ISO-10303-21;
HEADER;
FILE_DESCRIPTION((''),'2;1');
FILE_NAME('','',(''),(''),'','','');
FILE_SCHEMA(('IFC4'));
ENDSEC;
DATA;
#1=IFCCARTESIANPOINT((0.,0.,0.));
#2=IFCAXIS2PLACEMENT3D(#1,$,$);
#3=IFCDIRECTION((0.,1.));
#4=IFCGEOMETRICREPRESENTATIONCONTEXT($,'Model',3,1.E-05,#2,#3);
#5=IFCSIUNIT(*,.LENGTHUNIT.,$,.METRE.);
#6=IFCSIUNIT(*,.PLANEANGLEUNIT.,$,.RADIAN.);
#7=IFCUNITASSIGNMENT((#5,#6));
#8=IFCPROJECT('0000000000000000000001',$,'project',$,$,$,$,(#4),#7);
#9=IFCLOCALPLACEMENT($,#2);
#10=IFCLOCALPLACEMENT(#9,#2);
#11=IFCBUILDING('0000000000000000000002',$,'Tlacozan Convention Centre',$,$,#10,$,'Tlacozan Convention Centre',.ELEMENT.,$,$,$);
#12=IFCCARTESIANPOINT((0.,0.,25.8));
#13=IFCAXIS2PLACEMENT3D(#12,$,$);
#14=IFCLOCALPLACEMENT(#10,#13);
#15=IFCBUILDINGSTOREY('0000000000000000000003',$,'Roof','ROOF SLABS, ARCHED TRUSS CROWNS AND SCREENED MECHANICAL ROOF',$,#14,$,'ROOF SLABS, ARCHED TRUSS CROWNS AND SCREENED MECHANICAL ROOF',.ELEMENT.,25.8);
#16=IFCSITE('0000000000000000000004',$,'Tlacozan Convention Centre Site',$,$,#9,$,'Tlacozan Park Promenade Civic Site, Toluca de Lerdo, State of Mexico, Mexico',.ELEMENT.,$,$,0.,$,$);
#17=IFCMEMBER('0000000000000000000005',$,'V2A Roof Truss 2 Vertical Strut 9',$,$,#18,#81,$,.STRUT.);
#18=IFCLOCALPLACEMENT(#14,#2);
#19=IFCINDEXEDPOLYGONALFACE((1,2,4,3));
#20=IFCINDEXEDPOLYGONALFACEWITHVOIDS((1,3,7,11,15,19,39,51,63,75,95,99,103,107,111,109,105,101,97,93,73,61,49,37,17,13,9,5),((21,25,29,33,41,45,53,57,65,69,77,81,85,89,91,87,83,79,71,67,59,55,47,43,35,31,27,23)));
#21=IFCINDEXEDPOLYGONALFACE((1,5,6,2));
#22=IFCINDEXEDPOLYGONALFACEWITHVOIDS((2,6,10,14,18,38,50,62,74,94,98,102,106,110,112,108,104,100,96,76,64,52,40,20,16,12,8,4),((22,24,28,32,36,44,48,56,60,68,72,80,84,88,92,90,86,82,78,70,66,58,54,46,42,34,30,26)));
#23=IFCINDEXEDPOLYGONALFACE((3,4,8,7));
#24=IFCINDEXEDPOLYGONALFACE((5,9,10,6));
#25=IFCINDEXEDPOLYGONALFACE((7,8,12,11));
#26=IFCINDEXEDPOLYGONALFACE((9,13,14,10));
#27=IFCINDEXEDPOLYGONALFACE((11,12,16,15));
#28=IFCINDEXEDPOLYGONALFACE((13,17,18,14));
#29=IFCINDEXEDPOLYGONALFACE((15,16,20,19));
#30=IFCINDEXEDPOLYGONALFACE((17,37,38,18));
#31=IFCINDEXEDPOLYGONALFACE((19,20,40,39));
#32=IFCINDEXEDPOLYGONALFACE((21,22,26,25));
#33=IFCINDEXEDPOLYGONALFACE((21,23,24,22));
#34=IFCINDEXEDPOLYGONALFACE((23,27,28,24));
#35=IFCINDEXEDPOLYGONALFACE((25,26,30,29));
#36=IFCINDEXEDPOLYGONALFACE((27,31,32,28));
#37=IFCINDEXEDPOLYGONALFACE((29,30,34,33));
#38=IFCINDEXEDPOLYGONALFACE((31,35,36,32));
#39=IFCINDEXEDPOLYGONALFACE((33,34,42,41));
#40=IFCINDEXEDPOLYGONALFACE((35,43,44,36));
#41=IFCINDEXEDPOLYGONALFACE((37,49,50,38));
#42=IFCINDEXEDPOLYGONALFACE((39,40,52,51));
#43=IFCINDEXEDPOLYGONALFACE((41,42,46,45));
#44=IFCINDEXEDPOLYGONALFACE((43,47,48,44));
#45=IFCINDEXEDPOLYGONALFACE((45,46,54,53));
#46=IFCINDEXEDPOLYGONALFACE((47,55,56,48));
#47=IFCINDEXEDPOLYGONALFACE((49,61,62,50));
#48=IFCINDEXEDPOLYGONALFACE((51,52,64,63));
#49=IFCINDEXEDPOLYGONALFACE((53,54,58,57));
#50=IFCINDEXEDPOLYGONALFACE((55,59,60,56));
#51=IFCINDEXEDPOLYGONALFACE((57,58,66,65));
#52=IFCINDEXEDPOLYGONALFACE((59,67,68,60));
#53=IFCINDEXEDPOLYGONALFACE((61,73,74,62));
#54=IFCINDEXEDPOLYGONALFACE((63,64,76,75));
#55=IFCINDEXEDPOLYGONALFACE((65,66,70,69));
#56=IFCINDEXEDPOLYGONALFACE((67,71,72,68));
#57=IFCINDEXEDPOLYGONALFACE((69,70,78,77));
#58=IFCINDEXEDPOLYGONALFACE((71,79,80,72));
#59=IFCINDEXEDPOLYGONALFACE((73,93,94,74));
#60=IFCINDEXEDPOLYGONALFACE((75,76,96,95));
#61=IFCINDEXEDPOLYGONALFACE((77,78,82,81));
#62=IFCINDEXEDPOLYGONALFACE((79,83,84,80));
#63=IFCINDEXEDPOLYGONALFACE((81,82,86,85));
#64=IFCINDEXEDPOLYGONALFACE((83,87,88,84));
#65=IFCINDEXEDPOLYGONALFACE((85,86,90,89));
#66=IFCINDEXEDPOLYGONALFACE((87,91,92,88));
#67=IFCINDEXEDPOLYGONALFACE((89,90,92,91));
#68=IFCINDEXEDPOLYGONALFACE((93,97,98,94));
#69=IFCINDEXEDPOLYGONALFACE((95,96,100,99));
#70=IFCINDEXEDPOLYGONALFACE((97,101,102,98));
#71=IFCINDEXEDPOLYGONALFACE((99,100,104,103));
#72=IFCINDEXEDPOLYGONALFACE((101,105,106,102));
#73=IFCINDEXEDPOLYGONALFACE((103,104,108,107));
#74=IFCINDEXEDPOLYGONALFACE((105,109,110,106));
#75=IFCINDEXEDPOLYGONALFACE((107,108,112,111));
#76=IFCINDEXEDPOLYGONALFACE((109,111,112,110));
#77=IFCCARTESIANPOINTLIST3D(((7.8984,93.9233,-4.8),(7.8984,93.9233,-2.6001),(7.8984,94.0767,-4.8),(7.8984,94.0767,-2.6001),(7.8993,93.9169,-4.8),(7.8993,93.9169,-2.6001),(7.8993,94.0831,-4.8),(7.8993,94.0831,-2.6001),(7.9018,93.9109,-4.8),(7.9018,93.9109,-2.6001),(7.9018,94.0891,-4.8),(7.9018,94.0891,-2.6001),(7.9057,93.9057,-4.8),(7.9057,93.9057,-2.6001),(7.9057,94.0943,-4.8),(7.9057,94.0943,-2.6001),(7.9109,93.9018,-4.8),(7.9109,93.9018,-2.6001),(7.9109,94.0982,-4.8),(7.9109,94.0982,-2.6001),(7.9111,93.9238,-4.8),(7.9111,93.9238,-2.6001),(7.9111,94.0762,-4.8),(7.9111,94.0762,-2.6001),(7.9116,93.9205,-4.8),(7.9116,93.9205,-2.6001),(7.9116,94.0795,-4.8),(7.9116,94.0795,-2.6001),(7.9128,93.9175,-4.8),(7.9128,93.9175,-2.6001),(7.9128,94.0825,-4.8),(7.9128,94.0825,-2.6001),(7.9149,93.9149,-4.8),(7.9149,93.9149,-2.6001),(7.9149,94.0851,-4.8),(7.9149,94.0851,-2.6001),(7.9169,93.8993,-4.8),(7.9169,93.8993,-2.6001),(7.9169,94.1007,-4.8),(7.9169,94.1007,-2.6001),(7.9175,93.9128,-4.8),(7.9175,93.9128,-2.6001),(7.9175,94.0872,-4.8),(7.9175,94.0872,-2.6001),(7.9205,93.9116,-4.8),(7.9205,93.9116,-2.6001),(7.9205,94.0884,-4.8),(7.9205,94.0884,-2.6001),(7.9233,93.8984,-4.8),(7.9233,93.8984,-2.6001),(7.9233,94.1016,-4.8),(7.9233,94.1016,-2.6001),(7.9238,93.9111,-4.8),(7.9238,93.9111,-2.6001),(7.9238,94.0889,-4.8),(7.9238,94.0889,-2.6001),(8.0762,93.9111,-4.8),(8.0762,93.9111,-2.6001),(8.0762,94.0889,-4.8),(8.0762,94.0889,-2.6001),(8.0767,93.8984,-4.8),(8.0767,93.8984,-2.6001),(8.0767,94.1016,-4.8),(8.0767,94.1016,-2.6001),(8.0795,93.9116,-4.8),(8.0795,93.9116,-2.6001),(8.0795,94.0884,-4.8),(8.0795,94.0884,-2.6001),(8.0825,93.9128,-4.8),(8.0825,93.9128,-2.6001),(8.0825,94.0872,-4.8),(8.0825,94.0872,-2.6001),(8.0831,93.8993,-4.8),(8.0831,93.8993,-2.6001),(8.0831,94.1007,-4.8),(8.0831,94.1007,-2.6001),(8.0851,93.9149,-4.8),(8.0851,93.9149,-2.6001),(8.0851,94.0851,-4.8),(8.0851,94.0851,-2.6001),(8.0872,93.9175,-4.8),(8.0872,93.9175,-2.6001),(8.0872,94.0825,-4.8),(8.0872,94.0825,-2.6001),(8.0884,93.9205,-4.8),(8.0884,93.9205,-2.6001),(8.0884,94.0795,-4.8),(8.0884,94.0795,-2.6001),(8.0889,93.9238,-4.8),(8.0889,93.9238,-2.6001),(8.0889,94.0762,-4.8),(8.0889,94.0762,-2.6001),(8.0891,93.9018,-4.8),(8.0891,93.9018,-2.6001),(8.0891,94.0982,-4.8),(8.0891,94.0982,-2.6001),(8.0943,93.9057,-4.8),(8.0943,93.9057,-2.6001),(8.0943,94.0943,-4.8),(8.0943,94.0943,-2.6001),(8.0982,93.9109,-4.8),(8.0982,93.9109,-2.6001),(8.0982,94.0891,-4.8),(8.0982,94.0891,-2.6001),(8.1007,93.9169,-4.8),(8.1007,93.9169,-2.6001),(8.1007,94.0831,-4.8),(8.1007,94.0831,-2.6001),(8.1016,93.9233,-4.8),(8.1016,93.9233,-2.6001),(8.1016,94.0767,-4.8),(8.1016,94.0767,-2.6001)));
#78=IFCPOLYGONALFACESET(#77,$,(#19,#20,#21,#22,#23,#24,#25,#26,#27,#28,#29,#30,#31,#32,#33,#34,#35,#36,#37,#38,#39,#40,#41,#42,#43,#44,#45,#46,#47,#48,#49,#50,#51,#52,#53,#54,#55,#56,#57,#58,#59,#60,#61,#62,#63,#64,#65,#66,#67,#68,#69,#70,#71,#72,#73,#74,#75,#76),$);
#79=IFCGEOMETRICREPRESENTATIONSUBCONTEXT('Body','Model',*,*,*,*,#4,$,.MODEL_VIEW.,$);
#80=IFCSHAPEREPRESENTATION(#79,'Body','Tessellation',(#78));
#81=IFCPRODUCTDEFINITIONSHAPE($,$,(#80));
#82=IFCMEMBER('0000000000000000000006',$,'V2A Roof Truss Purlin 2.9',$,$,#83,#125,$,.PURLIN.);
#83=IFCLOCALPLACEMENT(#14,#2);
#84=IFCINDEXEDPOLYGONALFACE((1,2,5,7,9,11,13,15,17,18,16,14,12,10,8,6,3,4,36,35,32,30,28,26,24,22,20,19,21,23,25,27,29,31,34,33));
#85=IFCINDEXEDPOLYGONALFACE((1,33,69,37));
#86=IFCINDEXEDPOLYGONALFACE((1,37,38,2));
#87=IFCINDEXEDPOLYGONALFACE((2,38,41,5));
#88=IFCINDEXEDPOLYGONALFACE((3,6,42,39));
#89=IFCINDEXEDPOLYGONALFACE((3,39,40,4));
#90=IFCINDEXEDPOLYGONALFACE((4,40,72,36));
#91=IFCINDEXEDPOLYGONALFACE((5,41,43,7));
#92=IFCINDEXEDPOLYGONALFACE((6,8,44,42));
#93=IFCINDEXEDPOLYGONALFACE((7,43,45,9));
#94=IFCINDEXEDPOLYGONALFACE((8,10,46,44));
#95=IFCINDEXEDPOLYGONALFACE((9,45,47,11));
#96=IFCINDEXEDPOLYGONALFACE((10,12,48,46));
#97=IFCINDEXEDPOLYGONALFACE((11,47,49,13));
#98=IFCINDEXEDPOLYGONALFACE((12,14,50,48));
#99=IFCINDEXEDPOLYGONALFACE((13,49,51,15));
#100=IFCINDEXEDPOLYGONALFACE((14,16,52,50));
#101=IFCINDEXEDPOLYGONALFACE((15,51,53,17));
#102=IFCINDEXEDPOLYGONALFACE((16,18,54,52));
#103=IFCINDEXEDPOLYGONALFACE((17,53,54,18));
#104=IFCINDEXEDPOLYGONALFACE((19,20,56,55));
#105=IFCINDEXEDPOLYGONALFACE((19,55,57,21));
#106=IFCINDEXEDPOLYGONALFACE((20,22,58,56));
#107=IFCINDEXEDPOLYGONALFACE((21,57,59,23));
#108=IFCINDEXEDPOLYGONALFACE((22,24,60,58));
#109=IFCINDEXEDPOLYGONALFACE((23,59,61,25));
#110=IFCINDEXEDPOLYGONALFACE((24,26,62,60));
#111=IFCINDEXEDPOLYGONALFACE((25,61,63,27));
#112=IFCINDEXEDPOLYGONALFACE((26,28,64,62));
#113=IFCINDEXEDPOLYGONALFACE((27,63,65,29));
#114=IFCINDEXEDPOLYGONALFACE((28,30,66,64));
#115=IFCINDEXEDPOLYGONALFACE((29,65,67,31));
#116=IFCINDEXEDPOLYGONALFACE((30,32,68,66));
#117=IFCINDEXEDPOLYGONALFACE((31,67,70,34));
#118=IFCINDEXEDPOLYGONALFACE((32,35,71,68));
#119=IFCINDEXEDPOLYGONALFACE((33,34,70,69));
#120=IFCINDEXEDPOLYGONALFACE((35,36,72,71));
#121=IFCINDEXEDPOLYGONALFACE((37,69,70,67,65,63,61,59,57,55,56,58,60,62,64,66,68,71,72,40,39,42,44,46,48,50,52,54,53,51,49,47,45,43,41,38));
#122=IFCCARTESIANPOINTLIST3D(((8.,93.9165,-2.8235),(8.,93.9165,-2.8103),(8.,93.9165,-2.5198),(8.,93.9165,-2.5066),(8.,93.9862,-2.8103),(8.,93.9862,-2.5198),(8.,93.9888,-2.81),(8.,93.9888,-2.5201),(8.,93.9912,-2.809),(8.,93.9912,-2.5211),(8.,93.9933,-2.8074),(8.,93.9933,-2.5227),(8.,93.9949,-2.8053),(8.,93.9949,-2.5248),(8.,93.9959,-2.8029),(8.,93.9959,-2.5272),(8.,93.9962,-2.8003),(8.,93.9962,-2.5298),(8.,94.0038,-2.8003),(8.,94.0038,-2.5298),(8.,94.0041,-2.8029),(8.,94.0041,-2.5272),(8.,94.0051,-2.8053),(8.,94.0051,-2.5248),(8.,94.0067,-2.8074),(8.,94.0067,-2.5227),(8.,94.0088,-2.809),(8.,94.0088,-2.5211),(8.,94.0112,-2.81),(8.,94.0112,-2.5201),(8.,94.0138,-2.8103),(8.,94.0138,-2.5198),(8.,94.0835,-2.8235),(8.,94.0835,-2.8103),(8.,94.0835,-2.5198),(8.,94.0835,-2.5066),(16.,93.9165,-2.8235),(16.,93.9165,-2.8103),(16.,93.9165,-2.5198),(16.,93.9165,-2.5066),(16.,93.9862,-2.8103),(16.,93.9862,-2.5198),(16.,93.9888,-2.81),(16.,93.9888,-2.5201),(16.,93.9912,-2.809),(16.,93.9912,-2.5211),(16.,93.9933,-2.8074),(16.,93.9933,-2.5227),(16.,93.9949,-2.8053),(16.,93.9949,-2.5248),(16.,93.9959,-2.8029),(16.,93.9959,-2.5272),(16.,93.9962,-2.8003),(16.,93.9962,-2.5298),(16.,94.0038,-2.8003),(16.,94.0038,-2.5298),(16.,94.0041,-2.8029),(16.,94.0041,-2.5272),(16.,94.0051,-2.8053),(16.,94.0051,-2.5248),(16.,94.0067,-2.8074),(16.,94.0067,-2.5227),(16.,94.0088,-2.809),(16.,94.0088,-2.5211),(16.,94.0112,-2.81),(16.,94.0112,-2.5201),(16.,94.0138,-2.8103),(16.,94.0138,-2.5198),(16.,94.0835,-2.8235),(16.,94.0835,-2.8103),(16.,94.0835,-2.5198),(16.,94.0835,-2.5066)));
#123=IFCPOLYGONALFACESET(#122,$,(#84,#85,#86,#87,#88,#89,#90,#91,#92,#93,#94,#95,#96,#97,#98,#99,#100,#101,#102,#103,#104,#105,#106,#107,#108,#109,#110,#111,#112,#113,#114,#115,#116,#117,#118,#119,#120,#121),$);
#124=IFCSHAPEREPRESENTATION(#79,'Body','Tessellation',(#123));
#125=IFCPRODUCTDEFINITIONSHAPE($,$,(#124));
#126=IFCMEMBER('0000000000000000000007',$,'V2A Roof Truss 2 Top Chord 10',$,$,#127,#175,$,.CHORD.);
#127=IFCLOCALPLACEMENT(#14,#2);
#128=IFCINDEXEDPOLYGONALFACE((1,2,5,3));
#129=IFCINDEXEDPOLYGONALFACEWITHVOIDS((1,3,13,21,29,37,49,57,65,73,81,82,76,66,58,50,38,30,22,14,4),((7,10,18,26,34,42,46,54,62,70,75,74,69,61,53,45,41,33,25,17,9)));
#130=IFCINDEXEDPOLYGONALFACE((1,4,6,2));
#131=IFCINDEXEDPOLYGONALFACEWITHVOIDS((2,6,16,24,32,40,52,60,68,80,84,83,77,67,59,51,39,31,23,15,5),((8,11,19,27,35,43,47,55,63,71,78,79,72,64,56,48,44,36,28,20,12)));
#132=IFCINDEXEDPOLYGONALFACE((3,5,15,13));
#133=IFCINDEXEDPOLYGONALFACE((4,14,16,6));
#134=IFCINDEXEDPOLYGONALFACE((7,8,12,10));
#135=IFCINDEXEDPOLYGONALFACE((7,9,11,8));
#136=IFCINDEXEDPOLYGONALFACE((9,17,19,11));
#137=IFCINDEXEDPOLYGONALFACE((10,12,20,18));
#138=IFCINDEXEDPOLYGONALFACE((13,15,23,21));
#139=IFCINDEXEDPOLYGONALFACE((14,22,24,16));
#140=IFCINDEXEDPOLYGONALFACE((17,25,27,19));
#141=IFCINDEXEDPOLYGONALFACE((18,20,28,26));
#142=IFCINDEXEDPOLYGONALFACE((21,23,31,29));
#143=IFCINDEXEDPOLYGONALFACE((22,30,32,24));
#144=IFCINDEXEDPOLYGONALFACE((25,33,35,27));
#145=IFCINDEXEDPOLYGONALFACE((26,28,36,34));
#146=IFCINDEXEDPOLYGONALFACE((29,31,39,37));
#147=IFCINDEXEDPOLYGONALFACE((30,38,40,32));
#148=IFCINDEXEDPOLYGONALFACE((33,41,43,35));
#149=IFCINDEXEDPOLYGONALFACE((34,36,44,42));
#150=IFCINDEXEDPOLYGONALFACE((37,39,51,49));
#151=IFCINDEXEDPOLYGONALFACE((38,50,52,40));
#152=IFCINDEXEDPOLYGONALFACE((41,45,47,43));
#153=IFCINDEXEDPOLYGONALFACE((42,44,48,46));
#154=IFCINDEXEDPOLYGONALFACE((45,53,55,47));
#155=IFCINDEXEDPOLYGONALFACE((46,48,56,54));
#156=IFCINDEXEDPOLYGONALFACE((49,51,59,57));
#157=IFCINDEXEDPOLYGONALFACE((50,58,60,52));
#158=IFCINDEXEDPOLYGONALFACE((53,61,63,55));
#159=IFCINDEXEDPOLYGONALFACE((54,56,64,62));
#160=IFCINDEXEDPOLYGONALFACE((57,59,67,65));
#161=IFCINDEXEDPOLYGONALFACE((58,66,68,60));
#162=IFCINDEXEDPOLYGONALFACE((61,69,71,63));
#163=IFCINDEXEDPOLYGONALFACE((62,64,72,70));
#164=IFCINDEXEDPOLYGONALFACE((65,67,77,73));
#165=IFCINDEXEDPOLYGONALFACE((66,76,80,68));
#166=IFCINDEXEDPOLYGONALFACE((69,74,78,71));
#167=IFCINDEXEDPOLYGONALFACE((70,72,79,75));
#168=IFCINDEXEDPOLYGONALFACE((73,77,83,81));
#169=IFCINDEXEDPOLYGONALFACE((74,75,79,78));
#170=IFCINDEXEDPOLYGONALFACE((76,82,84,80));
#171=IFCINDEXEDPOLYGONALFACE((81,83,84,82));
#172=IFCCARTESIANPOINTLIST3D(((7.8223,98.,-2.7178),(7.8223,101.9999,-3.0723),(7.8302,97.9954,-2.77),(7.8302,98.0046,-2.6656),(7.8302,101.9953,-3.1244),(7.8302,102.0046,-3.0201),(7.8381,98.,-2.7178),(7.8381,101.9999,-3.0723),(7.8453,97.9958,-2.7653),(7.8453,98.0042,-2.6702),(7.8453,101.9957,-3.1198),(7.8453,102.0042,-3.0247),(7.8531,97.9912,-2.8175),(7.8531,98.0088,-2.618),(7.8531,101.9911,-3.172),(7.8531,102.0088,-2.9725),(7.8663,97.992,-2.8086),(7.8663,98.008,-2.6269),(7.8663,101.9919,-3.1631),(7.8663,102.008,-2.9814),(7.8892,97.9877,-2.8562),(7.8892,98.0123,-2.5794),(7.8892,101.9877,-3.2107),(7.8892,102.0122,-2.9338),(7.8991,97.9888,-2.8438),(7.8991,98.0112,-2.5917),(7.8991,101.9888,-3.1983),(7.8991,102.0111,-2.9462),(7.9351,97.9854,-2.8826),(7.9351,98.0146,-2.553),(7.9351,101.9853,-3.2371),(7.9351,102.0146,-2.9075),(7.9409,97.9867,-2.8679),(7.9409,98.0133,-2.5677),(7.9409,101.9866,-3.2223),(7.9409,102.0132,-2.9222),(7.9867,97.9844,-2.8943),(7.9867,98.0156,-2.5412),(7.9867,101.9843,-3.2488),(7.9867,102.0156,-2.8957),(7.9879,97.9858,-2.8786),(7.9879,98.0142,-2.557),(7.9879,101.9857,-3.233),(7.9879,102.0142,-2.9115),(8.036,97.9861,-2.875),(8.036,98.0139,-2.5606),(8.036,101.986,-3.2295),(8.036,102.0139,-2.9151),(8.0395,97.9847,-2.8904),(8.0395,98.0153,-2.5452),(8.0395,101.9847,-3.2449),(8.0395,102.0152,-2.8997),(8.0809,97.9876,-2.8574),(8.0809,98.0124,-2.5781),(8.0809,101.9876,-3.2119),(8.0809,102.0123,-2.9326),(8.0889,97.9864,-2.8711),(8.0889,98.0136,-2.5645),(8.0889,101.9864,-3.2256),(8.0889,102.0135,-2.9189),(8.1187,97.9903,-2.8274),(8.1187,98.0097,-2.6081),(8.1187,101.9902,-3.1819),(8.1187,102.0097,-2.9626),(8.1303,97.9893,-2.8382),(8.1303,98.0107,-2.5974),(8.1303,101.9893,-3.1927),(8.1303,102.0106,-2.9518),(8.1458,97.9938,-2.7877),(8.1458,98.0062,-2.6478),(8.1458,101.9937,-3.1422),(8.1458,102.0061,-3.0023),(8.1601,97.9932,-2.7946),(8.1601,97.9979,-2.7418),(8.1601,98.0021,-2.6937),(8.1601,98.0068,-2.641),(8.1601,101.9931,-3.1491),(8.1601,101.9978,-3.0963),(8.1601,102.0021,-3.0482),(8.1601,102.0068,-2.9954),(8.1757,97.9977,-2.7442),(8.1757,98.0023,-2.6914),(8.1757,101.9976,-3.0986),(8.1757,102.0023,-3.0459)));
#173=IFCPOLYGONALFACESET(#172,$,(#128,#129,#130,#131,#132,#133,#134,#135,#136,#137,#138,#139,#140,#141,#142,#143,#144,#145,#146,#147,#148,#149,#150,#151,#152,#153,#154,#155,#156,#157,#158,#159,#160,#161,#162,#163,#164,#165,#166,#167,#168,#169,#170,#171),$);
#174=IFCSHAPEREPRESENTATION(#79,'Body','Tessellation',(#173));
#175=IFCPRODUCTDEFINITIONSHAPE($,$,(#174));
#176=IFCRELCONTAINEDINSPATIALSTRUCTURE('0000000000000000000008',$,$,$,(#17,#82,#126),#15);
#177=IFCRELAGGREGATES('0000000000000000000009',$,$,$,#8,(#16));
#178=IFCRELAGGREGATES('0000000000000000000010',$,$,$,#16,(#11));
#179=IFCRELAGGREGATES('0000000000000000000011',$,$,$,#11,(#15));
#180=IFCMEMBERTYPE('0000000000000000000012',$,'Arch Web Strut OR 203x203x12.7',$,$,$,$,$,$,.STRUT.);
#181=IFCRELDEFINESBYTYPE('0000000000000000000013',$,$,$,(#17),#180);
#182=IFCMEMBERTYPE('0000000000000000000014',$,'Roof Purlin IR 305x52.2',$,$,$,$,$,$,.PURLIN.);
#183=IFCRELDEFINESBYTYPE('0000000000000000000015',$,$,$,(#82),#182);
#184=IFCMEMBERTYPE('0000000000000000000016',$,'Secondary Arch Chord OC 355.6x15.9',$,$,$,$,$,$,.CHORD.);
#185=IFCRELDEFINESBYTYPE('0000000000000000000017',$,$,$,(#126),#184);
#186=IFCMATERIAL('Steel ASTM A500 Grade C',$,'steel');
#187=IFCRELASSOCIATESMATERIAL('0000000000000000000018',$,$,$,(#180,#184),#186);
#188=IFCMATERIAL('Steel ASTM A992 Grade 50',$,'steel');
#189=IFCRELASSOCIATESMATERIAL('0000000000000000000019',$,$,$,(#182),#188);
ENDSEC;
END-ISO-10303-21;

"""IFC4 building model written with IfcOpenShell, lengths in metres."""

from ifc_helpers import new_model, si_unit, direction, frame, origin, origin_2d, place, context, subcontext, project, spatial, hollow_rectangle, hollow_circle, i_section, extrude, material, material_profile, profile_set, type_object, element, save


model = new_model("IFC4")

# Units and contexts
model_context = context("Model", 3, precision=1e-05, world=origin(), true_north=direction((0.0, 1.0)))
body_context = subcontext(model_context, "Body", "Model", "MODEL_VIEW")
ifc_project = project(units=[si_unit("LENGTHUNIT", "METRE"), si_unit("PLANEANGLEUNIT", "RADIAN")], contexts=[model_context])

# Site, building, storey
site_placement = place(None, origin())
site = spatial("IfcSite", under=ifc_project, at=site_placement, Name="Tlacozan Convention Centre Site", LongName="Tlacozan Park Promenade Civic Site, Toluca de Lerdo, State of Mexico, Mexico", CompositionType="ELEMENT", RefElevation=0.0)
building_placement = place(site_placement, origin())
building = spatial("IfcBuilding", under=site, at=building_placement, Name="Tlacozan Convention Centre", LongName="Tlacozan Convention Centre", CompositionType="ELEMENT")
storey_placement = place(building_placement, frame((0.0, 0.0, 25.8)))
storey = spatial("IfcBuildingStorey", under=building, at=storey_placement, Name="Roof", Description="ROOF SLABS, ARCHED TRUSS CROWNS AND SCREENED MECHANICAL ROOF", LongName="ROOF SLABS, ARCHED TRUSS CROWNS AND SCREENED MECHANICAL ROOF", CompositionType="ELEMENT", Elevation=25.8)

# Members
ifc_material_1 = material(Name="Steel ASTM A500 Grade C", Category="steel")
ifc_material_profile_1 = material_profile(ifc_material_1, hollow_rectangle(XDim=0.2031, YDim=0.2031, WallThickness=0.0127, InnerFilletRadius=0.0127, OuterFilletRadius=0.0249, at=origin_2d()), Name="OR 203x203x12.7")
ifc_profile_set_1 = profile_set([ifc_material_profile_1], Name="Steel ASTM A500 Grade C")
member_type_1 = type_object("IfcMemberType", Name="Arch Web Strut OR 203x203x12.7", PredefinedType="STRUT", material=ifc_profile_set_1)
member_1_placement = place(storey_placement, frame((8.0, 94.0, -4.8), z_axis=(0.0, 0.0, 1.0), x_axis=(1.0, 0.0, 0.0)))
element("IfcMember", 1, at=member_1_placement, inside=storey, type_object=member_type_1, Name="V2A Roof Truss 2 Vertical Strut 9", PredefinedType="STRUT", context=body_context, shape_type="SweptSolid", body=[
    extrude(hollow_rectangle(XDim=0.2031, YDim=0.2031, WallThickness=0.0127, InnerFilletRadius=0.0127, OuterFilletRadius=0.0249, at=origin_2d()), origin(), (0.0, 0.0, 1.0), 2.2),
])
ifc_material_2 = material(Name="Steel ASTM A992 Grade 50", Category="steel")
ifc_material_profile_2 = material_profile(ifc_material_2, i_section(OverallWidth=0.167, OverallDepth=0.3169, WebThickness=0.0076, FlangeThickness=0.0132, FilletRadius=0.01, at=origin_2d()), Name="IR 305x52.2")
ifc_profile_set_2 = profile_set([ifc_material_profile_2], Name="Steel ASTM A992 Grade 50")
member_type_2 = type_object("IfcMemberType", Name="Roof Purlin IR 305x52.2", PredefinedType="PURLIN", material=ifc_profile_set_2)
member_2_placement = place(storey_placement, frame((8.0, 94.0, -2.665), z_axis=(1.0, 0.0, 0.0), x_axis=(0.0, 1.0, 0.0)))
element("IfcMember", 2, at=member_2_placement, inside=storey, type_object=member_type_2, Name="V2A Roof Truss Purlin 2.9", PredefinedType="PURLIN", context=body_context, shape_type="SweptSolid", body=[
    extrude(i_section(OverallWidth=0.167, OverallDepth=0.3169, WebThickness=0.0076, FlangeThickness=0.0132, FilletRadius=0.01, at=origin_2d()), origin(), (0.0, 0.0, 1.0), 8.0),
])
ifc_material_profile_3 = material_profile(ifc_material_1, hollow_circle(Radius=0.1777, WallThickness=0.0159, at=origin_2d()), Name="OC 355.6x15.9")
ifc_profile_set_3 = profile_set([ifc_material_profile_3], Name="Steel ASTM A500 Grade C")
member_type_3 = type_object("IfcMemberType", Name="Secondary Arch Chord OC 355.6x15.9", PredefinedType="CHORD", material=ifc_profile_set_3)
member_3_placement = place(storey_placement, frame((8.0, 98.0, -2.7178), z_axis=(0.0, 0.996096, -0.088277), x_axis=(-1.0, 0.0, 0.0)))
element("IfcMember", 3, at=member_3_placement, inside=storey, type_object=member_type_3, Name="V2A Roof Truss 2 Top Chord 10", PredefinedType="CHORD", context=body_context, shape_type="SweptSolid", body=[
    extrude(hollow_circle(Radius=0.1777, WallThickness=0.0159, at=origin_2d()), origin(), (0.0, 0.0, 1.0), 4.0156),
])

save(model, "model.ifc")
